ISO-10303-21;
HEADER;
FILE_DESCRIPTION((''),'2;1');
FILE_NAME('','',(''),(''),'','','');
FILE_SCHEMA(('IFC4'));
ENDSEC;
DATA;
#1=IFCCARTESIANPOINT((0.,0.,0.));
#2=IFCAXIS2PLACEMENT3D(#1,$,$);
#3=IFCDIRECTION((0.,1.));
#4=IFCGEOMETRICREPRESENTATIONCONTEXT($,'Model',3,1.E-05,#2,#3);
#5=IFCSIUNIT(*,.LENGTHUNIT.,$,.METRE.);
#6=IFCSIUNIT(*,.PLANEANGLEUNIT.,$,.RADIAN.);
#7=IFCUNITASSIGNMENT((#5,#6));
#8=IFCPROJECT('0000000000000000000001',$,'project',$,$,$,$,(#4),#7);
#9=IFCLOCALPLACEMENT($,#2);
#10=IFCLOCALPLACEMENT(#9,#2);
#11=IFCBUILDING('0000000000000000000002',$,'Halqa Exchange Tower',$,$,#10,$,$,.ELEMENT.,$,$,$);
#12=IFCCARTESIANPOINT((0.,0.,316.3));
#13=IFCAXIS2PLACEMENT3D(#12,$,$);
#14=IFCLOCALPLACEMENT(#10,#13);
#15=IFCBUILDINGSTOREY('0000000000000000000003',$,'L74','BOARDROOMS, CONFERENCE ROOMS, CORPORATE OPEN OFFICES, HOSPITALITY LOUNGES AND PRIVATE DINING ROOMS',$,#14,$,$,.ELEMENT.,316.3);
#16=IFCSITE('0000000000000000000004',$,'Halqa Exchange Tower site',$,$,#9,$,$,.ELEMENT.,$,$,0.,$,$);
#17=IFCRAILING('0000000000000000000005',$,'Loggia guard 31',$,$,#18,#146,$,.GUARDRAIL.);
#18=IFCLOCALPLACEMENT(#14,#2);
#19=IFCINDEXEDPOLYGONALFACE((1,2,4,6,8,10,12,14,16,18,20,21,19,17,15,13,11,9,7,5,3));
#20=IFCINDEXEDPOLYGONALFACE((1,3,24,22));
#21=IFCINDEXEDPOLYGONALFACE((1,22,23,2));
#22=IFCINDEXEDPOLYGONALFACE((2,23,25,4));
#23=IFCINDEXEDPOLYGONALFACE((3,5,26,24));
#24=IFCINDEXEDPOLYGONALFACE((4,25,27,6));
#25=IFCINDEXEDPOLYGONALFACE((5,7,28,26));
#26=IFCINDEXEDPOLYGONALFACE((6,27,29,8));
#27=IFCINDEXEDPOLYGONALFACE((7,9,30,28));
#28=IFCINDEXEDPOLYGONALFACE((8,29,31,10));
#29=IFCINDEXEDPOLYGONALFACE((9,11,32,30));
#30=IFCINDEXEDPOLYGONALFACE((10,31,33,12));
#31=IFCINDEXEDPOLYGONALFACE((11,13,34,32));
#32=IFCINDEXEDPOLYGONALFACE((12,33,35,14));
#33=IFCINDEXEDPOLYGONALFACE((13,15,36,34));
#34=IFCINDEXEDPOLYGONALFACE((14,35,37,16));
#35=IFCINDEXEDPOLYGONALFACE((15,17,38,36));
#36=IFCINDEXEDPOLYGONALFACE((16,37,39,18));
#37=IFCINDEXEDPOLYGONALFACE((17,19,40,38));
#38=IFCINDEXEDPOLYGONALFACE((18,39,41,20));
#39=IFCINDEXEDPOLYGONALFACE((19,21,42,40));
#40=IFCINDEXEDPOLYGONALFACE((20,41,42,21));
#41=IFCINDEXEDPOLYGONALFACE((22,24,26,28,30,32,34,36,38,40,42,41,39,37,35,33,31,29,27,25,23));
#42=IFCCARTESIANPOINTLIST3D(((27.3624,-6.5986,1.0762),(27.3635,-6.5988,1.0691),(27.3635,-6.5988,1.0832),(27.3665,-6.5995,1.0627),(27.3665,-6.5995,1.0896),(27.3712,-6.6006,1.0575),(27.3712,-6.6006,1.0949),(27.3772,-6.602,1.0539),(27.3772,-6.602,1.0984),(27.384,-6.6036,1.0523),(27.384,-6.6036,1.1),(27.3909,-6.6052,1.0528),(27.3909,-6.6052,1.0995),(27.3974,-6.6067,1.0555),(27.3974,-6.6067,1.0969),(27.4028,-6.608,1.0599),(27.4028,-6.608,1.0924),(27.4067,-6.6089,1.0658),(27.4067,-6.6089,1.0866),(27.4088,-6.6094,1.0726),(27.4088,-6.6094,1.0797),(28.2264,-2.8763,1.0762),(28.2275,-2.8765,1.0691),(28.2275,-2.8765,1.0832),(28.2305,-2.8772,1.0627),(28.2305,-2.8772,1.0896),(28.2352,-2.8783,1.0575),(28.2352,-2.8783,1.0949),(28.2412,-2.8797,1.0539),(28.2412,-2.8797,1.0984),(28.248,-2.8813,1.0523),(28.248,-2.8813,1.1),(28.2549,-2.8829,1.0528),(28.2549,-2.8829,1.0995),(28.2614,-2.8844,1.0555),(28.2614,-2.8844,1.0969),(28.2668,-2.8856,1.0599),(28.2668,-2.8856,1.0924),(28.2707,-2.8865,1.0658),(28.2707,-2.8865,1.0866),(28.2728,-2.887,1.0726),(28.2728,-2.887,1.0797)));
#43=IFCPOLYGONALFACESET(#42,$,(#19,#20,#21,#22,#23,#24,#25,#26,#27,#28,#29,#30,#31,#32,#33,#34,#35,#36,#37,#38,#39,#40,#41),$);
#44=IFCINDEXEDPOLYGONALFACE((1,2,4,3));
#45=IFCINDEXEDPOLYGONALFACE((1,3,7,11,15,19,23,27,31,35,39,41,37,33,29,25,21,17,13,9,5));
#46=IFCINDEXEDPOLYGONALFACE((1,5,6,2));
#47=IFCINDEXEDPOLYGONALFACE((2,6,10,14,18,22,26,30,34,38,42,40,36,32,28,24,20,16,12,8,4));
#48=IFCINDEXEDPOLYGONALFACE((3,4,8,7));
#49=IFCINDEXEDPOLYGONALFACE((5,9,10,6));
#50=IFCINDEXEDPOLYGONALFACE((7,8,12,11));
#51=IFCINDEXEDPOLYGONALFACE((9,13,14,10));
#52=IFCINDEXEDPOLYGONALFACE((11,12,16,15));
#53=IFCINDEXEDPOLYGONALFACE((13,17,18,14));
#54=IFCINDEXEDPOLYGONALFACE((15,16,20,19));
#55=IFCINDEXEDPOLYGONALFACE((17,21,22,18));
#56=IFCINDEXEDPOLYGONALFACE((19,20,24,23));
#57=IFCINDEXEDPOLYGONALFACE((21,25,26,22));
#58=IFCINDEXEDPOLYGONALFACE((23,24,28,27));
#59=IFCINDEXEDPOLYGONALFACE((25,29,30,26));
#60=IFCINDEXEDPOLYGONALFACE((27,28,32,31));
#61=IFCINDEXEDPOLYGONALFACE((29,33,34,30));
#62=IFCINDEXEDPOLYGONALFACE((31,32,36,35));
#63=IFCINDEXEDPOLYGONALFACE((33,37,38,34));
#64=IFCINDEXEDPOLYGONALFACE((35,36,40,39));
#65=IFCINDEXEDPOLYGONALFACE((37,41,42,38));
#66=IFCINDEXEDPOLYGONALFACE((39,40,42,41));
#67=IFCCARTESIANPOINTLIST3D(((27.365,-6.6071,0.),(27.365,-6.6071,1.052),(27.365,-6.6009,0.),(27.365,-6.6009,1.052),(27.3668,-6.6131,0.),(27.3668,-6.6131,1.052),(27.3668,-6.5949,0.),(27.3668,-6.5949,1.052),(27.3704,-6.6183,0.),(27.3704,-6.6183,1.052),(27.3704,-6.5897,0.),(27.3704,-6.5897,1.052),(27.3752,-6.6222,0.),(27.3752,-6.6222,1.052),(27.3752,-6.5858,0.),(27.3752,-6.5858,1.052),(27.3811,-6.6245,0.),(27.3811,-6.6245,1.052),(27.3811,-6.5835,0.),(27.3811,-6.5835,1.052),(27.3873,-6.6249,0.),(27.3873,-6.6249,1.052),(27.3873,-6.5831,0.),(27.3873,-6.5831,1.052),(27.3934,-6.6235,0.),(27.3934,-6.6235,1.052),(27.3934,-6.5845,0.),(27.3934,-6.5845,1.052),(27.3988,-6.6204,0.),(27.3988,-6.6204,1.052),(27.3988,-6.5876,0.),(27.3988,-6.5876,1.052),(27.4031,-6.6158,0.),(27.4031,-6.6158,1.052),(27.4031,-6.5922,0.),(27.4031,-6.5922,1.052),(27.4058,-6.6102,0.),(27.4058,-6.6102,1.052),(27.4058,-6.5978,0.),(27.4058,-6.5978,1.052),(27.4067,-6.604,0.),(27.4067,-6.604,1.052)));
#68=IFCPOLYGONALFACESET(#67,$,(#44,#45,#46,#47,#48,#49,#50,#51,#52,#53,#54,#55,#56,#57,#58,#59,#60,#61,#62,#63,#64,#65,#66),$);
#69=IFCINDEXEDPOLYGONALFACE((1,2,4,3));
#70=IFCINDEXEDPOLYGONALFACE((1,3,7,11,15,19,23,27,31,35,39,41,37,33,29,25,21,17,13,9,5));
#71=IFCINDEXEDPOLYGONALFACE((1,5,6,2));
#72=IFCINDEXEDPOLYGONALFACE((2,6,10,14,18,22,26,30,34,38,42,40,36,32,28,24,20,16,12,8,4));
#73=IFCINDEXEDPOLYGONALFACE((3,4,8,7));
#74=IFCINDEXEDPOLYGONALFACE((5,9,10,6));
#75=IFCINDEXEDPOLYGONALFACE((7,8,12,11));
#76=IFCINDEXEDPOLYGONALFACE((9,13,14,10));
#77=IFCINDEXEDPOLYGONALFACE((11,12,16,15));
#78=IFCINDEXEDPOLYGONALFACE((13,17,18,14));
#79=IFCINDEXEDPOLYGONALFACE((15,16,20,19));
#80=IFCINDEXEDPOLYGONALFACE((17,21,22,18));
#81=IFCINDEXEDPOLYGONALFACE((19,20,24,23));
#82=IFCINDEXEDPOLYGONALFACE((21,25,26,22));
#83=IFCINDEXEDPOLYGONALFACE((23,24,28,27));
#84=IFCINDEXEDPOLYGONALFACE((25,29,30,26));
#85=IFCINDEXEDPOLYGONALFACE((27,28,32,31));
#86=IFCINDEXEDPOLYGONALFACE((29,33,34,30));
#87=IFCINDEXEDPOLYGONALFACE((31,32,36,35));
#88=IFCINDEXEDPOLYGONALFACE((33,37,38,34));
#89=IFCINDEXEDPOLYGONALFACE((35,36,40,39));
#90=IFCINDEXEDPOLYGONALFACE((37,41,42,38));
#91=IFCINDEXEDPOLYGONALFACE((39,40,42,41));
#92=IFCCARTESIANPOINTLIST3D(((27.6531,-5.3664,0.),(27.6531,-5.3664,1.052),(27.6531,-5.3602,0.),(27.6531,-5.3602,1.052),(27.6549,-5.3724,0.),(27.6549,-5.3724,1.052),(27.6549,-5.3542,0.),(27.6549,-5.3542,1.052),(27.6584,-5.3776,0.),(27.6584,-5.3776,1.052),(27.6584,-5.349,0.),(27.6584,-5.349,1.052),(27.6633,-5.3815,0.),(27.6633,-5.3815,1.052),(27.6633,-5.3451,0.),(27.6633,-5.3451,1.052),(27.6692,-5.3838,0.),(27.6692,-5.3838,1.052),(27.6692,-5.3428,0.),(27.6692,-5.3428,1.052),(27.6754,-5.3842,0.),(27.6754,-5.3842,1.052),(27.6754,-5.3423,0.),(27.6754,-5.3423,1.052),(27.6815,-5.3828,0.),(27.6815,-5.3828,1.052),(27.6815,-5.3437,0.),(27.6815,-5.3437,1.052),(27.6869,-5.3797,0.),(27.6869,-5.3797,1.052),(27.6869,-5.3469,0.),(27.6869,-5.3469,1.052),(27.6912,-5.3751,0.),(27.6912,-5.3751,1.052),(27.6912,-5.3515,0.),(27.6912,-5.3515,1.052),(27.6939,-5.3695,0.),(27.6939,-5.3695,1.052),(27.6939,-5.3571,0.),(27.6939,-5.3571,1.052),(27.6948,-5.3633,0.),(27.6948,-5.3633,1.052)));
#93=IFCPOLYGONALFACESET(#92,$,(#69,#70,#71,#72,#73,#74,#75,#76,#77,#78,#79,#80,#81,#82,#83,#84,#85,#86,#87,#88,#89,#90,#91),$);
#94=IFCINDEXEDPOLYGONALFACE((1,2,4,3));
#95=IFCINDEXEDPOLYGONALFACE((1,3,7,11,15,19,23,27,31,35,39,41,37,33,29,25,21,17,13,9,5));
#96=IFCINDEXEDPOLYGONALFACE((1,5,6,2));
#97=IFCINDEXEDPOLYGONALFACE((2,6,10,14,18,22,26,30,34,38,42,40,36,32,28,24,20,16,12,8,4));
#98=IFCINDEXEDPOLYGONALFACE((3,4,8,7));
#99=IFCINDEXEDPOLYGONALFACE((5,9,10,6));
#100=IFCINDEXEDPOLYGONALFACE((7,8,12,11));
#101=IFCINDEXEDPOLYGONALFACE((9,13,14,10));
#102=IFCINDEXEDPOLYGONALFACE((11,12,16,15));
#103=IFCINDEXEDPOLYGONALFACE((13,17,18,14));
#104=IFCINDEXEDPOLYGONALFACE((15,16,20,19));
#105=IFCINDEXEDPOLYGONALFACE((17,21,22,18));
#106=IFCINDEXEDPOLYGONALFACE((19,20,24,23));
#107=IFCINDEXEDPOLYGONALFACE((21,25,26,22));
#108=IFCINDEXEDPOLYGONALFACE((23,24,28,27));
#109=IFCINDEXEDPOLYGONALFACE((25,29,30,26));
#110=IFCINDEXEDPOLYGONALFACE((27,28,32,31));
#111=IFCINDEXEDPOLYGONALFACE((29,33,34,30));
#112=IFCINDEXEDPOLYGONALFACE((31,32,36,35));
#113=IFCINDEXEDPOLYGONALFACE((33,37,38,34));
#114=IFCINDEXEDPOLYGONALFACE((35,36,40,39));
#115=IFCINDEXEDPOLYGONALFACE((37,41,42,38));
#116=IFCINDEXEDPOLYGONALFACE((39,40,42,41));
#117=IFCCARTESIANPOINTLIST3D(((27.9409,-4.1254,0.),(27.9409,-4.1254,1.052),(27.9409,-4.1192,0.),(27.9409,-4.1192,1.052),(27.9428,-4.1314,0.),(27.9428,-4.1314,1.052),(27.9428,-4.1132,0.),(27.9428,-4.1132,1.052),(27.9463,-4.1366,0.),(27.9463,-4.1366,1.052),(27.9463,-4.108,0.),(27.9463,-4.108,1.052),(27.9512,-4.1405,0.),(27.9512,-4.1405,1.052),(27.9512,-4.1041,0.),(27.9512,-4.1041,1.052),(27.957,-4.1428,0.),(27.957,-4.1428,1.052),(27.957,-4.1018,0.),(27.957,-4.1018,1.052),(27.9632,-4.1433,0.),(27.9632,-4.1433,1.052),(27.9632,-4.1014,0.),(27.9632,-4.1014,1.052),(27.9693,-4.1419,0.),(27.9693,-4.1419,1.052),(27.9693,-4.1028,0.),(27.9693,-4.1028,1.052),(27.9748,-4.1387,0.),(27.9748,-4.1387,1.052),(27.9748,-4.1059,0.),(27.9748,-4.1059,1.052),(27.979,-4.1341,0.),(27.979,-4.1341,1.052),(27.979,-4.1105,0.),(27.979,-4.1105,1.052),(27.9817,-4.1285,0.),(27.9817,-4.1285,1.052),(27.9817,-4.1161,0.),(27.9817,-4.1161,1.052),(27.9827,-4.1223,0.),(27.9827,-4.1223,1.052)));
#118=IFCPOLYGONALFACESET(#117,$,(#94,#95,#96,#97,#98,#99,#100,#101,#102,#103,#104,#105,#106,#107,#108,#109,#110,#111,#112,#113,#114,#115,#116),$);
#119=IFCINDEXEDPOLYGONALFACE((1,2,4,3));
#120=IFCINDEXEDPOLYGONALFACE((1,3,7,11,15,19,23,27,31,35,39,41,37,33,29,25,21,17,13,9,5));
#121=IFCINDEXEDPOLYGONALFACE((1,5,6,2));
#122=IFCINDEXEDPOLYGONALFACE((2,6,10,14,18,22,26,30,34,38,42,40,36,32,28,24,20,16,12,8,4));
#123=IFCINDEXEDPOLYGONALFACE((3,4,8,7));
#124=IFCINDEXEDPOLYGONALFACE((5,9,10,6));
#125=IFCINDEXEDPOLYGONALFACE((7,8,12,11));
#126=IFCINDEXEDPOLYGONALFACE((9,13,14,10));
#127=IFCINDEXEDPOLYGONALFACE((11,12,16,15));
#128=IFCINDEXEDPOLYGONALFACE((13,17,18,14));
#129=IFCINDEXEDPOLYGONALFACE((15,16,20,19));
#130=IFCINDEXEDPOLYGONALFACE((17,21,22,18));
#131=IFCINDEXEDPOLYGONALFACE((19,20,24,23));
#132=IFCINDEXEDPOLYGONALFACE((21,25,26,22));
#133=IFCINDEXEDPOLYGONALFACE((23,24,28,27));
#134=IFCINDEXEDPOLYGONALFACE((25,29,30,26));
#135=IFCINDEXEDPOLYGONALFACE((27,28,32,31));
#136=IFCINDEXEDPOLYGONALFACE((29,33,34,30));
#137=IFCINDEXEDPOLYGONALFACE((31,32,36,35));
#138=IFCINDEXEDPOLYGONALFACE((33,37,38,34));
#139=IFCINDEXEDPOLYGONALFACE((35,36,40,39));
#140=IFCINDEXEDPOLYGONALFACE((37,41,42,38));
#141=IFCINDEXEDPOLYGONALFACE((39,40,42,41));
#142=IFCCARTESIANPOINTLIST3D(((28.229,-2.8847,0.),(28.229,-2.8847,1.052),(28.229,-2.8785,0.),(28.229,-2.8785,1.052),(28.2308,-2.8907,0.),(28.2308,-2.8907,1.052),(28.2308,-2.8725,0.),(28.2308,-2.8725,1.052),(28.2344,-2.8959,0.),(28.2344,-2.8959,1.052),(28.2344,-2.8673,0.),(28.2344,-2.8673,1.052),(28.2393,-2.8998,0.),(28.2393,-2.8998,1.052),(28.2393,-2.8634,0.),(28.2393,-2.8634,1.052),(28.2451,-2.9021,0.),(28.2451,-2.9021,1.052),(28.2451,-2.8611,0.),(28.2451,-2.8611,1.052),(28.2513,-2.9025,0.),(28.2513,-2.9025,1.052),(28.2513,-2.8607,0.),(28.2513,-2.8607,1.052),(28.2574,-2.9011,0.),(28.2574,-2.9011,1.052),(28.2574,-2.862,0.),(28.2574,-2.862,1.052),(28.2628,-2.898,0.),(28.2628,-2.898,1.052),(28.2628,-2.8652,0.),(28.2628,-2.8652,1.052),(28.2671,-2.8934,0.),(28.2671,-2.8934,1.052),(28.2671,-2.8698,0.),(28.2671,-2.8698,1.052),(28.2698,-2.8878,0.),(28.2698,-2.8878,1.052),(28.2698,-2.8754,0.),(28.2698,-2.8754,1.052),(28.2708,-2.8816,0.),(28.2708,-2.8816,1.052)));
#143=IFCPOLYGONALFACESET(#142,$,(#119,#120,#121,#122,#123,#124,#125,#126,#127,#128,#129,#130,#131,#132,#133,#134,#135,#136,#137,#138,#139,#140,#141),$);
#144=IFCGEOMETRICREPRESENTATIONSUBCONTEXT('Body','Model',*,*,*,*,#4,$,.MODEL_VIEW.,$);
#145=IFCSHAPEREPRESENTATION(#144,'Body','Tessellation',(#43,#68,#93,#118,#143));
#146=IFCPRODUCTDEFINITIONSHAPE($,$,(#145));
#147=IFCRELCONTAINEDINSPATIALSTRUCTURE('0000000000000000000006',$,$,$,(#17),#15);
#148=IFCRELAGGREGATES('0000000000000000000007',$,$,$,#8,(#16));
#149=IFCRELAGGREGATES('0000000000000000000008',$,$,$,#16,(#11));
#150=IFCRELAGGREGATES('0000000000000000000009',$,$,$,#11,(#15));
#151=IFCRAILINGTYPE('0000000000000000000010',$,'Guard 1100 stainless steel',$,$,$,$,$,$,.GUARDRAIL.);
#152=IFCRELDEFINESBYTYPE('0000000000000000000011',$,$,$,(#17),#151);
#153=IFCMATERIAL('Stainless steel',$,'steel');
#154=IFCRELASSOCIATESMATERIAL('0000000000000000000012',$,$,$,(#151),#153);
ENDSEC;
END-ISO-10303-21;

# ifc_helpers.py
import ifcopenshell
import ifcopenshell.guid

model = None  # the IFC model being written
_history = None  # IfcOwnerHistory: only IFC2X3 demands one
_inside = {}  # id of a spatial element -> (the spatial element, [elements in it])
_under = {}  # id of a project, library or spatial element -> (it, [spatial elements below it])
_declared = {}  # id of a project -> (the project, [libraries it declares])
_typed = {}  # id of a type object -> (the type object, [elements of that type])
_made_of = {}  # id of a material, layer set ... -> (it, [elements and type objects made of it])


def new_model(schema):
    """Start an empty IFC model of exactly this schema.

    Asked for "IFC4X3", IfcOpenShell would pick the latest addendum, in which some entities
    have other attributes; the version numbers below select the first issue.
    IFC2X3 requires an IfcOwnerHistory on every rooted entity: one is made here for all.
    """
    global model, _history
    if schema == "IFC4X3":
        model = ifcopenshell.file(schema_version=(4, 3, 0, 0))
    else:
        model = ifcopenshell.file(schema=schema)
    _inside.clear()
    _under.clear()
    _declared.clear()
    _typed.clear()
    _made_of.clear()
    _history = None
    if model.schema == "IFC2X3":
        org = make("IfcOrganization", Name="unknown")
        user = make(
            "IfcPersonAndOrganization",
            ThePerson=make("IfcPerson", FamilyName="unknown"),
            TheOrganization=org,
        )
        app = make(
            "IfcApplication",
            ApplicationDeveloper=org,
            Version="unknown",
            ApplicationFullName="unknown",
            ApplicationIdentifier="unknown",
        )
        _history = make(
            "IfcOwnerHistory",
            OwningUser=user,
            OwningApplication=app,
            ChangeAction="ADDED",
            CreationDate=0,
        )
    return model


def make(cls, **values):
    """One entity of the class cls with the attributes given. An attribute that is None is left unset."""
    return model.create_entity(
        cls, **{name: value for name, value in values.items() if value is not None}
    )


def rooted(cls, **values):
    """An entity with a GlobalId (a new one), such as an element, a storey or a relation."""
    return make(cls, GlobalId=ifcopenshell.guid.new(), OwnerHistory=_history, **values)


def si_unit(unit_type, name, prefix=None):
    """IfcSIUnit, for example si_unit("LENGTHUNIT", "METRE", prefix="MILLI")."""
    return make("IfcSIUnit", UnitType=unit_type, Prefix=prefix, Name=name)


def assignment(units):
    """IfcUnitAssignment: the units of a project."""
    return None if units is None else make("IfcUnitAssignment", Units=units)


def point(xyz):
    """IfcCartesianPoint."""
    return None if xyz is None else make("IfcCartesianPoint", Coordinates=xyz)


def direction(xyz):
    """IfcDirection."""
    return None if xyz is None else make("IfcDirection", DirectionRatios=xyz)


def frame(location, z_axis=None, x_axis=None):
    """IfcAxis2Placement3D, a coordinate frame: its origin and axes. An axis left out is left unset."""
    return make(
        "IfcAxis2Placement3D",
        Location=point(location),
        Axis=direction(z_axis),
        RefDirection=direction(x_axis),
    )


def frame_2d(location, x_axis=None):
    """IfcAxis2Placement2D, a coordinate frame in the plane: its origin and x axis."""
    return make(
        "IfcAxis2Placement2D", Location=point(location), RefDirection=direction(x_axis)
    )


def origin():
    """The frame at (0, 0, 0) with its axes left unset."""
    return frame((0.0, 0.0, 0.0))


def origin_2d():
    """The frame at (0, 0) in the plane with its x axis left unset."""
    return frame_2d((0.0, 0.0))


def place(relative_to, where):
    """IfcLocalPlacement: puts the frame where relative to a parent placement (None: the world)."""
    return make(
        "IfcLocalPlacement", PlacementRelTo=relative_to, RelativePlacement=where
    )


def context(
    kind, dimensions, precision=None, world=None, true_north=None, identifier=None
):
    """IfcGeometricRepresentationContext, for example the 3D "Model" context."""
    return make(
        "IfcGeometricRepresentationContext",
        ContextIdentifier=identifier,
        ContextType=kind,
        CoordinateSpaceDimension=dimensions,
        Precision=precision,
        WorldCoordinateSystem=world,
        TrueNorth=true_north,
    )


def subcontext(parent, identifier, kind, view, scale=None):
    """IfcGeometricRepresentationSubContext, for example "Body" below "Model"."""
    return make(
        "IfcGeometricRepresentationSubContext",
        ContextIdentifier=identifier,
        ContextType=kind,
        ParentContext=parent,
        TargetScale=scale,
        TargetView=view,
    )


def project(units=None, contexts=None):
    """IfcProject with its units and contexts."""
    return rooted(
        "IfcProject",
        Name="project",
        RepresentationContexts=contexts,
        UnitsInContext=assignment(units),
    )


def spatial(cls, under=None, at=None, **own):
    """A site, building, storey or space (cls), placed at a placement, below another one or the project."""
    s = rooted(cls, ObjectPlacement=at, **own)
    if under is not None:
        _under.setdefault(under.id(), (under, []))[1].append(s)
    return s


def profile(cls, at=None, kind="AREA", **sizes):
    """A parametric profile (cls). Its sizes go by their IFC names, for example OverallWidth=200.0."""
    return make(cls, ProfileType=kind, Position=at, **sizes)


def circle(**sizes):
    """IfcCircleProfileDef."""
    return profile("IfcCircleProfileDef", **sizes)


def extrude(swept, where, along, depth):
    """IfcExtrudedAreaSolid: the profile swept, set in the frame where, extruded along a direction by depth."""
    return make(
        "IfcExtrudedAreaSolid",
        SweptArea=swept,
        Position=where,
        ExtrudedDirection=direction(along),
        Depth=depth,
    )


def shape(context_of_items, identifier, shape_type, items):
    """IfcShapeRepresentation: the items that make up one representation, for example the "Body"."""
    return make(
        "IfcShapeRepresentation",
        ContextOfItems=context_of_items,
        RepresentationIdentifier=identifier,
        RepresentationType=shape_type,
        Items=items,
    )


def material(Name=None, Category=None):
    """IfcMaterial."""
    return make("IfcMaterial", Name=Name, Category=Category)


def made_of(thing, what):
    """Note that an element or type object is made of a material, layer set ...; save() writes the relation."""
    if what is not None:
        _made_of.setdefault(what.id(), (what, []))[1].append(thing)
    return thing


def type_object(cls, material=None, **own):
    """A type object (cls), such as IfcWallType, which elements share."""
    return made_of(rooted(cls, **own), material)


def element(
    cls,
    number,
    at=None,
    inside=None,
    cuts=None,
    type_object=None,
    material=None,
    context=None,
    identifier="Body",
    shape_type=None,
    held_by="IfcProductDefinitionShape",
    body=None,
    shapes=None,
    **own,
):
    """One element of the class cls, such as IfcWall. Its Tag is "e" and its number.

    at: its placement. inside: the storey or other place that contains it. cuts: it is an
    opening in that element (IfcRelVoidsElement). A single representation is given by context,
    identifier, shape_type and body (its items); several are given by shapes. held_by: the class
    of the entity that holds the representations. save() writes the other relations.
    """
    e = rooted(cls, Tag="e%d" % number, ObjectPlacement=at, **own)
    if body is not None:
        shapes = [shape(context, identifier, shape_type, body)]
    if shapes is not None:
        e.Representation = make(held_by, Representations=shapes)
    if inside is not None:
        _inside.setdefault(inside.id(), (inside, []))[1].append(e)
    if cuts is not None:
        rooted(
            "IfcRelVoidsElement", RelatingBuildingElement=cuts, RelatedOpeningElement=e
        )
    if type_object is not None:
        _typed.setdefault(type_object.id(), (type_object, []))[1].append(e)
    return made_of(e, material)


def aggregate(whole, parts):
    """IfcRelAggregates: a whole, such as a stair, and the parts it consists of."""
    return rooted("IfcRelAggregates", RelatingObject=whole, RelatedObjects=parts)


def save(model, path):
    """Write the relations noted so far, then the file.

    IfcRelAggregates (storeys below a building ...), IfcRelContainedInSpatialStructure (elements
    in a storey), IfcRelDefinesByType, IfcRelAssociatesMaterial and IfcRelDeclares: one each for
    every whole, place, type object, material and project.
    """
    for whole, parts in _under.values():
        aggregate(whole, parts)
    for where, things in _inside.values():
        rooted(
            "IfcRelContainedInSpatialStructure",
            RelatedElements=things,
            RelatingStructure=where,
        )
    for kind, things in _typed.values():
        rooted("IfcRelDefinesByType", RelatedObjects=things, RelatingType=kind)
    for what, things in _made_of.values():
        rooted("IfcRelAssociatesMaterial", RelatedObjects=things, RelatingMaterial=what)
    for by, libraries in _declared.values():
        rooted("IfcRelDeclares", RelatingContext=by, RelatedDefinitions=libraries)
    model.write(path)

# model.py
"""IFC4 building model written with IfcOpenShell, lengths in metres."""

from ifc_helpers import new_model, si_unit, direction, frame, origin, origin_2d, place, context, subcontext, project, spatial, circle, extrude, material, type_object, element, save


model = new_model("IFC4")

# Units and contexts
model_context = context("Model", 3, precision=1e-05, world=origin(), true_north=direction((0.0, 1.0)))
body_context = subcontext(model_context, "Body", "Model", "MODEL_VIEW")
ifc_project = project(units=[si_unit("LENGTHUNIT", "METRE"), si_unit("PLANEANGLEUNIT", "RADIAN")], contexts=[model_context])

# Site, building, storey
site_placement = place(None, origin())
site = spatial("IfcSite", under=ifc_project, at=site_placement, Name="Halqa Exchange Tower site", CompositionType="ELEMENT", RefElevation=0.0)
building_placement = place(site_placement, origin())
building = spatial("IfcBuilding", under=site, at=building_placement, Name="Halqa Exchange Tower", CompositionType="ELEMENT")
storey_placement = place(building_placement, frame((0.0, 0.0, 316.3)))
storey = spatial("IfcBuildingStorey", under=building, at=storey_placement, Name="L74", Description="BOARDROOMS, CONFERENCE ROOMS, CORPORATE OPEN OFFICES, HOSPITALITY LOUNGES AND PRIVATE DINING ROOMS", CompositionType="ELEMENT", Elevation=316.3)

# Railing
ifc_material_1 = material(Name="Stainless steel", Category="steel")
railing_type = type_object("IfcRailingType", Name="Guard 1100 stainless steel", PredefinedType="GUARDRAIL", material=ifc_material_1)
railing_1_placement = place(storey_placement, frame((27.3857, -6.604, 0.0)))
element("IfcRailing", 1, at=railing_1_placement, inside=storey, type_object=railing_type, Name="Loggia guard 31", PredefinedType="GUARDRAIL", context=body_context, shape_type="SweptSolid", body=[
    extrude(circle(Radius=0.0239, at=origin_2d()), frame((0.0, 0.0, 1.0762), z_axis=(0.2261, 0.974104, 0.0), x_axis=(-0.974104, 0.2261, 0.0)), (0.0, 0.0, 1.0), 3.8213),
    extrude(circle(Radius=0.021, at=origin_2d()), origin(), (0.0, 0.0, 1.0), 1.052),
    extrude(circle(Radius=0.021, at=origin_2d()), frame((0.2881, 1.2407, 0.0)), (0.0, 0.0, 1.0), 1.052),
    extrude(circle(Radius=0.021, at=origin_2d()), frame((0.5759, 2.4817, 0.0)), (0.0, 0.0, 1.0), 1.052),
    extrude(circle(Radius=0.021, at=origin_2d()), frame((0.864, 3.7224, 0.0)), (0.0, 0.0, 1.0), 1.052),
])

save(model, "model.ifc")
